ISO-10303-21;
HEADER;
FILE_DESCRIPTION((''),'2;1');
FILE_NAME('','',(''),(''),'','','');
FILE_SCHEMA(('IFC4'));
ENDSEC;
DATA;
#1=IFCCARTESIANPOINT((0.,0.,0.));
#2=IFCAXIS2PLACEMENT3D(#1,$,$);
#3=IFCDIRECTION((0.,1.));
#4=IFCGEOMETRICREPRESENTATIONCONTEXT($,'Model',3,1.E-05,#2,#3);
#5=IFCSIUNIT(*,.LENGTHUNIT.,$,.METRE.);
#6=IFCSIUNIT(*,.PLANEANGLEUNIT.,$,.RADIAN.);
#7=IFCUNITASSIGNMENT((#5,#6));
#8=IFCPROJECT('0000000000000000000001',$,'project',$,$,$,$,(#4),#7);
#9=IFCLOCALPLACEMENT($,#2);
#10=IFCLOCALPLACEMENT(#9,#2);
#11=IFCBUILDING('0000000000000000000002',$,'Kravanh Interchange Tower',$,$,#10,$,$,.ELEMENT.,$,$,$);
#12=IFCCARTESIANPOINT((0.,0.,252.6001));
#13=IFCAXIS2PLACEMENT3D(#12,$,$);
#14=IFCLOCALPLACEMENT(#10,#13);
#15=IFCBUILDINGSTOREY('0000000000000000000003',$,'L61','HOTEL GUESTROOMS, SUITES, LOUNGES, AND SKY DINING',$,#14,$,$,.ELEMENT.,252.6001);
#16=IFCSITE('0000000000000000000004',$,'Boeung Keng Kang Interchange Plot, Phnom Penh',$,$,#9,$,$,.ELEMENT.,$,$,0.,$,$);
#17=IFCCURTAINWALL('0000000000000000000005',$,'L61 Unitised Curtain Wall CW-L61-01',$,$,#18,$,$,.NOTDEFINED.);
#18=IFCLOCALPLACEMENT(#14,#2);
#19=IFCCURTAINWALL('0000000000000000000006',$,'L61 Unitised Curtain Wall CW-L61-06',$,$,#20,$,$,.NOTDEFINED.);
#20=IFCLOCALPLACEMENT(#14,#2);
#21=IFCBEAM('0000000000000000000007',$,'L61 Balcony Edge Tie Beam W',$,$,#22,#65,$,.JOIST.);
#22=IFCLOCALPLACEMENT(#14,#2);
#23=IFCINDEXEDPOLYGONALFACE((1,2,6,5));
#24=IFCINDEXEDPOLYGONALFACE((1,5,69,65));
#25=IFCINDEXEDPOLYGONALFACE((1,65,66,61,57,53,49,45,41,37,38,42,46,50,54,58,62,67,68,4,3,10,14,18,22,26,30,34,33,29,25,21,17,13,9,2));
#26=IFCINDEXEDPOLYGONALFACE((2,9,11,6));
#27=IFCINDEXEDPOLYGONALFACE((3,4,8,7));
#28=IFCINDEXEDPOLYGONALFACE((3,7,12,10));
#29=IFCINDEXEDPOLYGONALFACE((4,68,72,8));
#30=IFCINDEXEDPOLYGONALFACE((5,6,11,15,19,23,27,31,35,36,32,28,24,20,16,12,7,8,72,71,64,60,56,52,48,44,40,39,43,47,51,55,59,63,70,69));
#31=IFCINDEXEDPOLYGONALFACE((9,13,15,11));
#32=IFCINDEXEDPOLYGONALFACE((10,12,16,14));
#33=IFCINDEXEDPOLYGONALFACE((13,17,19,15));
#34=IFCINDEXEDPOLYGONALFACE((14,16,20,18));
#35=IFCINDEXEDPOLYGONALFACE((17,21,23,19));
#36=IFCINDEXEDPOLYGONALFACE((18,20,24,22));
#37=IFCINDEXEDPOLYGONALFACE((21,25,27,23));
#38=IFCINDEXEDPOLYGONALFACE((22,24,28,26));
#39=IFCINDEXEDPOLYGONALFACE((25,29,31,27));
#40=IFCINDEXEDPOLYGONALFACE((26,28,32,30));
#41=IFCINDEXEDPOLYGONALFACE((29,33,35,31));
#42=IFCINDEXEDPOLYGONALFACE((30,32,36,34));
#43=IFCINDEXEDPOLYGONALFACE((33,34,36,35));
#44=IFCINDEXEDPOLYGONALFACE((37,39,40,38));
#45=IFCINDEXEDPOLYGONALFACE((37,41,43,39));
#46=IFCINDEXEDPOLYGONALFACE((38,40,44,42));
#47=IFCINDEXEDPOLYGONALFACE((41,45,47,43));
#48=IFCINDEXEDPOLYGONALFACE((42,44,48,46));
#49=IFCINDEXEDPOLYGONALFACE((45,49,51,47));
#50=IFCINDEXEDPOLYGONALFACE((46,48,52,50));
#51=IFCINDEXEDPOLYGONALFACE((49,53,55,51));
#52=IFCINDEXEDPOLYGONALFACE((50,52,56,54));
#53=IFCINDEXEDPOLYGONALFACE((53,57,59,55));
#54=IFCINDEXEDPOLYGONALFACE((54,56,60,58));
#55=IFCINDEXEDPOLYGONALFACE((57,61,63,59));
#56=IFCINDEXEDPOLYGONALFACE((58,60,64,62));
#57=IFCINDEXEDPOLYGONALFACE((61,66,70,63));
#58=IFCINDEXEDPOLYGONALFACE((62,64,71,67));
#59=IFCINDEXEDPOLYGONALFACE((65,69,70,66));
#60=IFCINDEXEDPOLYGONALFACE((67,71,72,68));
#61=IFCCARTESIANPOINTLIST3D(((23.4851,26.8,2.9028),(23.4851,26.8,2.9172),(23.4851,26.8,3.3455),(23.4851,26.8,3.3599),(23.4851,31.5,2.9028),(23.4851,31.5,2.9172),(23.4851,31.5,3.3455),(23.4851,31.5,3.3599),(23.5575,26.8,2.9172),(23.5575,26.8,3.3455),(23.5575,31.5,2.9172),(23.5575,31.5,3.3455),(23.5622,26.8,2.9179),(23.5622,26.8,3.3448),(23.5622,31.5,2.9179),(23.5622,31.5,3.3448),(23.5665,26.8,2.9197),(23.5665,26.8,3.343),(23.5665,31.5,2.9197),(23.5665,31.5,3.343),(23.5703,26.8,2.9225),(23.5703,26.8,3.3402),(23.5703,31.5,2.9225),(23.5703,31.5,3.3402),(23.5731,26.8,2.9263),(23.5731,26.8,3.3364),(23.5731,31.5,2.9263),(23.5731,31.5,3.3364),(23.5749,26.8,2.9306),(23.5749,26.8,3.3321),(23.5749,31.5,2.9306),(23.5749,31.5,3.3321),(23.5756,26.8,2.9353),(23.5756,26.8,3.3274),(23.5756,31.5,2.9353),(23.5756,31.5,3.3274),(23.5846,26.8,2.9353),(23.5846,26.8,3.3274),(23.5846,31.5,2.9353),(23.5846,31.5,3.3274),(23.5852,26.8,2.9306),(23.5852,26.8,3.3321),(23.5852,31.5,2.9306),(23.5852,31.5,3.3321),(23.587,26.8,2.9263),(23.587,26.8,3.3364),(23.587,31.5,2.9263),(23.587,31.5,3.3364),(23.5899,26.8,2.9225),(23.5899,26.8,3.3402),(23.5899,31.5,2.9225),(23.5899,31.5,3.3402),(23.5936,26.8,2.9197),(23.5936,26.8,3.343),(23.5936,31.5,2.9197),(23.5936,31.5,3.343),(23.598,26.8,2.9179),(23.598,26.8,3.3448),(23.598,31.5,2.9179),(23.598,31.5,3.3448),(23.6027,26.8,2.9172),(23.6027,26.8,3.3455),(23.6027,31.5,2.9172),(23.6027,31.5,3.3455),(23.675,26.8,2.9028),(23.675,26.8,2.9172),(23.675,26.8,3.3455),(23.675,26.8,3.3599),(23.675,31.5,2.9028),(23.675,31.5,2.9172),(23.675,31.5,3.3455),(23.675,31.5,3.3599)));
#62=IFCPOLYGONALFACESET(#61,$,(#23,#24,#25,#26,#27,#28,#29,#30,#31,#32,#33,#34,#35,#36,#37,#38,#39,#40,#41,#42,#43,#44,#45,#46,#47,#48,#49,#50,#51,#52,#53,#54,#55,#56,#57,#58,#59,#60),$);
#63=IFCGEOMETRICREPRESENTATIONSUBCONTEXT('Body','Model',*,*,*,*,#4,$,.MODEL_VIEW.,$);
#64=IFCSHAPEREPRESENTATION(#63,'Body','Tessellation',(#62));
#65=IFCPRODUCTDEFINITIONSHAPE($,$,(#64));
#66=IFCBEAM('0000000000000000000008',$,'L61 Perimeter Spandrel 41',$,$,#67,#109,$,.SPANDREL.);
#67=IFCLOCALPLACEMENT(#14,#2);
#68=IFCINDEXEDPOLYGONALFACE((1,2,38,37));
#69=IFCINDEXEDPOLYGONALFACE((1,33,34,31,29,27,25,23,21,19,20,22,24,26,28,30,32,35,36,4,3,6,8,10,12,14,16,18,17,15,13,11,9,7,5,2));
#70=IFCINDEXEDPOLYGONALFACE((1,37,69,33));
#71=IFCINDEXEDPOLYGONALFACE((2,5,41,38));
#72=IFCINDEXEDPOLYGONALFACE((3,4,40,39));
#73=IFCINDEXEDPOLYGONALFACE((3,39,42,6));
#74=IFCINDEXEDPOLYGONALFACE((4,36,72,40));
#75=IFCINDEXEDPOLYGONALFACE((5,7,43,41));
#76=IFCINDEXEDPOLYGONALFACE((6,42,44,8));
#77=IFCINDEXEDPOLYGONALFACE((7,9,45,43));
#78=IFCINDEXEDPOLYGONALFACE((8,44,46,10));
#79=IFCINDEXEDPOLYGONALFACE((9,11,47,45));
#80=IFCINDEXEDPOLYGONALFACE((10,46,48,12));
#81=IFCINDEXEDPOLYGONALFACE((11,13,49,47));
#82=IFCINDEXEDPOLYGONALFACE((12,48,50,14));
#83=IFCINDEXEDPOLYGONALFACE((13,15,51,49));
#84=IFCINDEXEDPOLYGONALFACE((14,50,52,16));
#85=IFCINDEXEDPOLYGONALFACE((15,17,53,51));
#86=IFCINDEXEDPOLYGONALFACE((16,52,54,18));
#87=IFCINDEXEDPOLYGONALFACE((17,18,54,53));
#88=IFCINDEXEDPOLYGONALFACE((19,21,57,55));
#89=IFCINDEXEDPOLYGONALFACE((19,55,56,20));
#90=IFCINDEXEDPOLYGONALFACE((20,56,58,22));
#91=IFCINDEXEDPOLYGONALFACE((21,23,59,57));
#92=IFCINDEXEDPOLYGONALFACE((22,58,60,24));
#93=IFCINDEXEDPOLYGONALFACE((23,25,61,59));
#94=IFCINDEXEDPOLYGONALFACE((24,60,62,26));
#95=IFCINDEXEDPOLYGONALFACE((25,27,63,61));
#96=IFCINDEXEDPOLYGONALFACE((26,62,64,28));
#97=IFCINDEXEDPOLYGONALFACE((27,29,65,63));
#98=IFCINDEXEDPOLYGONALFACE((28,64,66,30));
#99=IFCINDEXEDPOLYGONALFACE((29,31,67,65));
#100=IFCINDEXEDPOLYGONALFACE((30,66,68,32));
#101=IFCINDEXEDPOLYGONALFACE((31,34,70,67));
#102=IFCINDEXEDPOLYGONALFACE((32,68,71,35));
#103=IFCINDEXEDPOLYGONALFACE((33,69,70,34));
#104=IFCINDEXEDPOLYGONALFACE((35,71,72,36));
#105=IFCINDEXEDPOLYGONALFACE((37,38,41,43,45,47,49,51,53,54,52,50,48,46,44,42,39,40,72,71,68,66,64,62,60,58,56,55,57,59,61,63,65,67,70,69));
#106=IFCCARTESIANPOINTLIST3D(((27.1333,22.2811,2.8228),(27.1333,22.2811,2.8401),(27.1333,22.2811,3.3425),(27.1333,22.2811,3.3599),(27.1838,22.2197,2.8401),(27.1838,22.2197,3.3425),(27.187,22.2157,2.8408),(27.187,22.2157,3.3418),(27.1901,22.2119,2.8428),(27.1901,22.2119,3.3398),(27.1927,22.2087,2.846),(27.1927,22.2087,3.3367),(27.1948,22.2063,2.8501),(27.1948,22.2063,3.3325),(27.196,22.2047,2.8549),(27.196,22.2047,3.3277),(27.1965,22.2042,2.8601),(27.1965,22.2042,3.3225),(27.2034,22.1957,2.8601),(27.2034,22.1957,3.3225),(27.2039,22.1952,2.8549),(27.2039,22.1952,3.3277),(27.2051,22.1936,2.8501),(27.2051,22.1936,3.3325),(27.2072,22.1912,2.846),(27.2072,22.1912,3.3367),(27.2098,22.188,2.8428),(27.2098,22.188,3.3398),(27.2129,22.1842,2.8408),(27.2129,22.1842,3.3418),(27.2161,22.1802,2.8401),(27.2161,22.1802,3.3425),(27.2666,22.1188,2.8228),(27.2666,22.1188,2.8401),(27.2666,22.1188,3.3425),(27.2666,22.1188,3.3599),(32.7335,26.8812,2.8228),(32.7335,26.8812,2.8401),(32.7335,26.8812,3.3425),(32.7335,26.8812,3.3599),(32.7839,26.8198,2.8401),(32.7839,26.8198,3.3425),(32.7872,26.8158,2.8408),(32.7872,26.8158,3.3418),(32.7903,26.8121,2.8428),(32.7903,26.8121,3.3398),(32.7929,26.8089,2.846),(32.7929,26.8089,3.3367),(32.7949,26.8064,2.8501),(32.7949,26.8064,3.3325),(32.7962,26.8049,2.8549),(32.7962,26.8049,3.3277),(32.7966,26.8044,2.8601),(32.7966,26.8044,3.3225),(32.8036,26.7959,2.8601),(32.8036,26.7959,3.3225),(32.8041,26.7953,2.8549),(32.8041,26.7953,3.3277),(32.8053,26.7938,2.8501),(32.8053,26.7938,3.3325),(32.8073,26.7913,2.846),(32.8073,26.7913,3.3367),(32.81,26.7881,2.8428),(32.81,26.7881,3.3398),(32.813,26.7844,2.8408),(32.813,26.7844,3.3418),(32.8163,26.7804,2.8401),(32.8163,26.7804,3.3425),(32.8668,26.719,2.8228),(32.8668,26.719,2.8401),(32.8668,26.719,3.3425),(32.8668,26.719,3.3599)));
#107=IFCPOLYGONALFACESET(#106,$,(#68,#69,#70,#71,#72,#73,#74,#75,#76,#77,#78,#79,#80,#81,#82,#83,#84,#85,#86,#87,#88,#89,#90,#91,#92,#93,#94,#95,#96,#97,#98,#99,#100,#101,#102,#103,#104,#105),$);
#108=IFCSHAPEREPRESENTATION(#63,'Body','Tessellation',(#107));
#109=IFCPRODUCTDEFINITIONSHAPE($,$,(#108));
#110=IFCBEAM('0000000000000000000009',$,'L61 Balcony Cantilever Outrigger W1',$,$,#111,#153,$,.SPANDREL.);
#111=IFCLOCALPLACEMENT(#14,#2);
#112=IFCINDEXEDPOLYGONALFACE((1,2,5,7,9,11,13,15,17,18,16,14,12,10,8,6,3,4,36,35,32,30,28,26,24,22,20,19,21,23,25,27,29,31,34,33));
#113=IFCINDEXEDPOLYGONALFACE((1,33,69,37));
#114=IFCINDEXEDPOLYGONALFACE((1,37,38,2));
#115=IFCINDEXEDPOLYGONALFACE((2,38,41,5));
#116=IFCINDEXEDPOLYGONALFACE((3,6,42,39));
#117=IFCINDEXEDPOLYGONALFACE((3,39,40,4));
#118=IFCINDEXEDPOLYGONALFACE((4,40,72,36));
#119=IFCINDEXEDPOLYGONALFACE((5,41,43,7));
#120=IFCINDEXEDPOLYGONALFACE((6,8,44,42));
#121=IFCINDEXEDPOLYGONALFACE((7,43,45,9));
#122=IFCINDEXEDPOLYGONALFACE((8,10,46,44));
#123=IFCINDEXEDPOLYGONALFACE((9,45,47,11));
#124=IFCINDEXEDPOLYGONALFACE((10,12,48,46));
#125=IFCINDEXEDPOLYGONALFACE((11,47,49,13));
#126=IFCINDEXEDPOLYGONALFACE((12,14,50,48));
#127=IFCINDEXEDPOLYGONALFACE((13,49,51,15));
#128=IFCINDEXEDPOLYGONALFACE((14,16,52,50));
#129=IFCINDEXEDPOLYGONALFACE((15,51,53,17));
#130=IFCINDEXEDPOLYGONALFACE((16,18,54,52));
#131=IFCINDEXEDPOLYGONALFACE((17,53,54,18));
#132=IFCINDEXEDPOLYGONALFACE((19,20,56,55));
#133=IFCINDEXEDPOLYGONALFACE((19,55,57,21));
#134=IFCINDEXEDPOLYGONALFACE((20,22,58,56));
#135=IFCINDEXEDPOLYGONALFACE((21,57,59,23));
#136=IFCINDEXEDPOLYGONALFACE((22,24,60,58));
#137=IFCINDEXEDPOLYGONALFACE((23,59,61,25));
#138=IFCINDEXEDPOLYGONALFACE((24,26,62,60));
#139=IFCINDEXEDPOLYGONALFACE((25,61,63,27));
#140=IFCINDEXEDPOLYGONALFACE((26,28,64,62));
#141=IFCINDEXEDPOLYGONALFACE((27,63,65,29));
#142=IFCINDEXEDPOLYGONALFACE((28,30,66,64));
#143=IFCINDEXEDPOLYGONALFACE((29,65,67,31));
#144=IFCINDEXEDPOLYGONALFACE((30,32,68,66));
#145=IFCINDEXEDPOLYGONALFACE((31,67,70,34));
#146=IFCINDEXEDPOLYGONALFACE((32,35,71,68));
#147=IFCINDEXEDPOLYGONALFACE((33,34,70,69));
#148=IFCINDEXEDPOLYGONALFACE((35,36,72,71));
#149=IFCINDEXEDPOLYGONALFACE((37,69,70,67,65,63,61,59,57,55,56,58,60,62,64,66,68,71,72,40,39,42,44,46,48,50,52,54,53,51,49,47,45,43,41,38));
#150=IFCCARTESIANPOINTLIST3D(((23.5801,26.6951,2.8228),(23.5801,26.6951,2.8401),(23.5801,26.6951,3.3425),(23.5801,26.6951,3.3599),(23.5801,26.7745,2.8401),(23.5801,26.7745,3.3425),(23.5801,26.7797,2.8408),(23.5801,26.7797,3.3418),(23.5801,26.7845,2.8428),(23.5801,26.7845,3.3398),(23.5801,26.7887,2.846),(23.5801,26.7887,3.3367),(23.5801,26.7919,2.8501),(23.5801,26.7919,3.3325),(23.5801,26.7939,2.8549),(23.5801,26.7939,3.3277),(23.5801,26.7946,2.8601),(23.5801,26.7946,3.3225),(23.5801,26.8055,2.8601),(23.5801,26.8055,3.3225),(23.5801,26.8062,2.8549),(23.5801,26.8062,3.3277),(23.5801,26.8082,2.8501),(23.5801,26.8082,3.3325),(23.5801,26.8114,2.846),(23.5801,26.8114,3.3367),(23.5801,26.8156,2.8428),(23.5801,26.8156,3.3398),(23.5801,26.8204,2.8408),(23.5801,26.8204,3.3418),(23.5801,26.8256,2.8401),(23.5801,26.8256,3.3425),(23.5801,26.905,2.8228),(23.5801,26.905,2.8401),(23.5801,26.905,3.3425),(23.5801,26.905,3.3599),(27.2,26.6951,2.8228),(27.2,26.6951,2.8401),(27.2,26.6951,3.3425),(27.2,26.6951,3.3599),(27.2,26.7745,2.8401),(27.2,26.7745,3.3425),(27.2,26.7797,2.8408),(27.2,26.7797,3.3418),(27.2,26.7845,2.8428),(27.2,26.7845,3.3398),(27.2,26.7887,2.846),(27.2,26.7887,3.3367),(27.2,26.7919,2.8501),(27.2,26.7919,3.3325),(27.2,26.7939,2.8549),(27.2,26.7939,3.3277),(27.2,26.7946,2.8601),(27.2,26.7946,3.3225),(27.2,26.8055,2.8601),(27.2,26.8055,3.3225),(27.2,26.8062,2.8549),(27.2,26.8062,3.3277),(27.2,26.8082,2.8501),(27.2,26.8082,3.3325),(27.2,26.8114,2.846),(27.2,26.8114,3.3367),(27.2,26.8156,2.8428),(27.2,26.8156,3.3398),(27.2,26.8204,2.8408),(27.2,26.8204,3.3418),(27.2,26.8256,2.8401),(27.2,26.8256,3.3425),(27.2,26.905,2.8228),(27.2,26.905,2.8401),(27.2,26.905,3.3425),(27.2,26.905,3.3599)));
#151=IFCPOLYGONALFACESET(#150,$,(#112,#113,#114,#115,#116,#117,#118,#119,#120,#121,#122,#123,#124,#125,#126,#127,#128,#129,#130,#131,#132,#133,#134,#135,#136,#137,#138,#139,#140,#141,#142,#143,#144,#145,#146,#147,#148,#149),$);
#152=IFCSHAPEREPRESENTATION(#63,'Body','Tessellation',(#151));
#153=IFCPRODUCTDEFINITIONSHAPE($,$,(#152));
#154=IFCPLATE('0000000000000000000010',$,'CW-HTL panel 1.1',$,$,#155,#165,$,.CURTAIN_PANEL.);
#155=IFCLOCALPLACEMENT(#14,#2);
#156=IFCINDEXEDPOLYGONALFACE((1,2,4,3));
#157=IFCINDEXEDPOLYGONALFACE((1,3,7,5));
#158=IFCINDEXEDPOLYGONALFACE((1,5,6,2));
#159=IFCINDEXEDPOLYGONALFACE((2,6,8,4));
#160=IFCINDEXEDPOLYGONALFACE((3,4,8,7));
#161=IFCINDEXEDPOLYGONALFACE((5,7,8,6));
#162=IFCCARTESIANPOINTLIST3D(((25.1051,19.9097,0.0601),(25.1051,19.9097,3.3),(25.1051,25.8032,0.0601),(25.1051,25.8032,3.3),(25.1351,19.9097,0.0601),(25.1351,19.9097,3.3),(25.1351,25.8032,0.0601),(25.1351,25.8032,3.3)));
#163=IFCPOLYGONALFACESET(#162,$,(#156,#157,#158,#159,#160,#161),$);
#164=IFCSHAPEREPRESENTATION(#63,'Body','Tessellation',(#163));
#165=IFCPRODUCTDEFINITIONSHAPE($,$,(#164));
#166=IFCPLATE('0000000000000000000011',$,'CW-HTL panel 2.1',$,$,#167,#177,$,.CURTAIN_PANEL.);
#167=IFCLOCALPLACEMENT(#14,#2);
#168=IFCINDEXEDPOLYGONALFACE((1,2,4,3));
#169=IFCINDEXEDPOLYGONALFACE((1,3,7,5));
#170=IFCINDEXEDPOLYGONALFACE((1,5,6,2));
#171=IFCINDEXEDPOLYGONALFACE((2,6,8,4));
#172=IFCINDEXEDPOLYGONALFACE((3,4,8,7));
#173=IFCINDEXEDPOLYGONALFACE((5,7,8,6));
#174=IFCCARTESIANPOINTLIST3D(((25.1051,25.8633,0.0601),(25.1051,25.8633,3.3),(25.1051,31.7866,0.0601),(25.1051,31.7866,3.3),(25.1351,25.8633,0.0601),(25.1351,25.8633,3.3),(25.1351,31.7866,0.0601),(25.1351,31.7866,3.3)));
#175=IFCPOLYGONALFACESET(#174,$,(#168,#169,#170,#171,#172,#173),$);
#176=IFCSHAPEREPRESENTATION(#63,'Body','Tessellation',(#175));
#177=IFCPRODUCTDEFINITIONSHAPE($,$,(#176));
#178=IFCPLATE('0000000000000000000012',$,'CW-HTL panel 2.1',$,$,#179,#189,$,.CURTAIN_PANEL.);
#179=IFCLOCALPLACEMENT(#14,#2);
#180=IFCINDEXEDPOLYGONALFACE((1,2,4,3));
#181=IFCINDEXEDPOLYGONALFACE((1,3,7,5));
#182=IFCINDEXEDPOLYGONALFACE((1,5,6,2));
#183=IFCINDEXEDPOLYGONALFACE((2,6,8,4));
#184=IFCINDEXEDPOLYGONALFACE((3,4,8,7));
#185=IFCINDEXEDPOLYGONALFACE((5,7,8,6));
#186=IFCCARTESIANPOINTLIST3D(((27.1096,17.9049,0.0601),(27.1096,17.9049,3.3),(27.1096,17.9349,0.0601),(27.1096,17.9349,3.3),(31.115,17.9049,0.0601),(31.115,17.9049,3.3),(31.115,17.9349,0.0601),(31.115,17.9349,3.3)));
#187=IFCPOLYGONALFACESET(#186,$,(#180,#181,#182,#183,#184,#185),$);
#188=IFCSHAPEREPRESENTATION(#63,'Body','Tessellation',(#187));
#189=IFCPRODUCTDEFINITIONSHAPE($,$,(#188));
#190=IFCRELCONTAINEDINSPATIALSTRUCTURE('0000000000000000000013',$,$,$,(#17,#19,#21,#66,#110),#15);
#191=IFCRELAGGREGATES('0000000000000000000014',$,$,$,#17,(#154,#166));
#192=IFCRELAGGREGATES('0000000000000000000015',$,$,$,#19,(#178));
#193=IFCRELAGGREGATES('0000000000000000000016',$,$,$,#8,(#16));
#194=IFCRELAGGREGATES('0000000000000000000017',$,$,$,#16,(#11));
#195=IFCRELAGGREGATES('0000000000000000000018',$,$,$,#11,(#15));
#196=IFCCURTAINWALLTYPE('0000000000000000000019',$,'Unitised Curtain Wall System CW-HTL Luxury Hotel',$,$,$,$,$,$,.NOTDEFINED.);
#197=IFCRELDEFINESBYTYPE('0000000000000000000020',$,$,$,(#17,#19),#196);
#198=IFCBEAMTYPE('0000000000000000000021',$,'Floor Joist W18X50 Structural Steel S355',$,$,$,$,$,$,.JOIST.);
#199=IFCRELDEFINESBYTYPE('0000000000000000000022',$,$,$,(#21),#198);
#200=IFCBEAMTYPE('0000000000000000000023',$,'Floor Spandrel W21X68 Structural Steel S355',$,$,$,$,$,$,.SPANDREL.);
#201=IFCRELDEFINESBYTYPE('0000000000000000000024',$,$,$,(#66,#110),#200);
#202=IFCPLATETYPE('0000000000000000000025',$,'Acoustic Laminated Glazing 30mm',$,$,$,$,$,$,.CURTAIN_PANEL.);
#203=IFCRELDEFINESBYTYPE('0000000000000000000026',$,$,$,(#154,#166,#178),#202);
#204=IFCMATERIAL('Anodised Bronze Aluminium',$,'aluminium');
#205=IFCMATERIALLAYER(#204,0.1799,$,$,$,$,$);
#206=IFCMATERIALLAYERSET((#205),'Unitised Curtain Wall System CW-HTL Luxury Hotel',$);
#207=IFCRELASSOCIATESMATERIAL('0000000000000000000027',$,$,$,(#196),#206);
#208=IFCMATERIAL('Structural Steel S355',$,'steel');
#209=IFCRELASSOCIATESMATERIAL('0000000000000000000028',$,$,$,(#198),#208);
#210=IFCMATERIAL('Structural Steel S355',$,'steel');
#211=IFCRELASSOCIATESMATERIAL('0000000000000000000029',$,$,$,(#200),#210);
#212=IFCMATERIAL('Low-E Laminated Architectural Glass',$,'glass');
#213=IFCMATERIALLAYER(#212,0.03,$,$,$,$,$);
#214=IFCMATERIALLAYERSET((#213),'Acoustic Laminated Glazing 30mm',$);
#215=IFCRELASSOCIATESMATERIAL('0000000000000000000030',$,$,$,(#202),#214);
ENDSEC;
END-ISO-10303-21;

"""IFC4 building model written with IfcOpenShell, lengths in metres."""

from ifc_helpers import new_model, si_unit, direction, frame, origin, origin_2d, place, context, subcontext, project, spatial, rectangle, i_section, extrude, material, layer, layer_set, material_profile, profile_set, type_object, element, aggregate, save


model = new_model("IFC4")

# Units and contexts
model_context = context("Model", 3, precision=1e-05, world=origin(), true_north=direction((0.0, 1.0)))
body_context = subcontext(model_context, "Body", "Model", "MODEL_VIEW")
ifc_project = project(units=[si_unit("LENGTHUNIT", "METRE"), si_unit("PLANEANGLEUNIT", "RADIAN")], contexts=[model_context])

# Site, building, storey
site_placement = place(None, origin())
site = spatial("IfcSite", under=ifc_project, at=site_placement, Name="Boeung Keng Kang Interchange Plot, Phnom Penh", CompositionType="ELEMENT", RefElevation=0.0)
building_placement = place(site_placement, origin())
building = spatial("IfcBuilding", under=site, at=building_placement, Name="Kravanh Interchange Tower", CompositionType="ELEMENT")
storey_placement = place(building_placement, frame((0.0, 0.0, 252.6001)))
storey = spatial("IfcBuildingStorey", under=building, at=storey_placement, Name="L61", Description="HOTEL GUESTROOMS, SUITES, LOUNGES, AND SKY DINING", CompositionType="ELEMENT", Elevation=252.6001)

# Curtain wall
ifc_material_1 = material(Name="Anodised Bronze Aluminium", Category="aluminium")
ifc_layer_1 = layer(ifc_material_1, 0.1799)
ifc_layer_set_1 = layer_set([ifc_layer_1], Name="Unitised Curtain Wall System CW-HTL Luxury Hotel")
curtain_wall_type = type_object("IfcCurtainWallType", Name="Unitised Curtain Wall System CW-HTL Luxury Hotel", PredefinedType="NOTDEFINED", material=ifc_layer_set_1)
curtain_wall_1_placement = place(storey_placement, origin())
curtain_wall_1 = element("IfcCurtainWall", 1, at=curtain_wall_1_placement, inside=storey, type_object=curtain_wall_type, Name="L61 Unitised Curtain Wall CW-L61-01", PredefinedType="NOTDEFINED")

# Curtain wall
curtain_wall_2_placement = place(storey_placement, origin())
curtain_wall_2 = element("IfcCurtainWall", 2, at=curtain_wall_2_placement, inside=storey, type_object=curtain_wall_type, Name="L61 Unitised Curtain Wall CW-L61-06", PredefinedType="NOTDEFINED")

# Beams
ifc_material_2 = material(Name="Structural Steel S355", Category="steel")
ifc_material_profile_1 = material_profile(ifc_material_2, i_section(OverallWidth=0.1899, OverallDepth=0.457, WebThickness=0.009, FlangeThickness=0.0144, FilletRadius=0.0181, at=origin_2d()), Name="W18X50")
ifc_profile_set_1 = profile_set([ifc_material_profile_1], Name="Structural Steel S355")
beam_type_1 = type_object("IfcBeamType", Name="Floor Joist W18X50 Structural Steel S355", PredefinedType="JOIST", material=ifc_profile_set_1)
beam_1_placement = place(storey_placement, frame((23.5801, 26.8, 3.1313), z_axis=(0.0, 1.0, 0.0), x_axis=(-1.0, 0.0, 0.0)))
element("IfcBeam", 3, at=beam_1_placement, inside=storey, type_object=beam_type_1, Name="L61 Balcony Edge Tie Beam W", PredefinedType="JOIST", context=body_context, shape_type="SweptSolid", body=[
    extrude(i_section(OverallWidth=0.1899, OverallDepth=0.457, WebThickness=0.009, FlangeThickness=0.0144, FilletRadius=0.0181, at=origin_2d()), origin(), (0.0, 0.0, 1.0), 4.7),
])
ifc_material_3 = material(Name="Structural Steel S355", Category="steel")
ifc_material_profile_2 = material_profile(ifc_material_3, i_section(OverallWidth=0.21, OverallDepth=0.5371, WebThickness=0.011, FlangeThickness=0.0173, FilletRadius=0.02, at=origin_2d()), Name="W21X68")
ifc_profile_set_2 = profile_set([ifc_material_profile_2], Name="Structural Steel S355")
beam_type_2 = type_object("IfcBeamType", Name="Floor Spandrel W21X68 Structural Steel S355", PredefinedType="SPANDREL", material=ifc_profile_set_2)
beam_2_placement = place(storey_placement, frame((27.2, 22.2, 3.0913), z_axis=(0.772725, 0.634741, 0.0), x_axis=(-0.634741, 0.772725, 0.0)))
element("IfcBeam", 4, at=beam_2_placement, inside=storey, type_object=beam_type_2, Name="L61 Perimeter Spandrel 41", PredefinedType="SPANDREL", context=body_context, shape_type="SweptSolid", body=[
    extrude(i_section(OverallWidth=0.21, OverallDepth=0.5371, WebThickness=0.011, FlangeThickness=0.0173, FilletRadius=0.02, at=origin_2d()), origin(), (0.0, 0.0, 1.0), 7.2473),
])
beam_3_placement = place(storey_placement, frame((27.2, 26.8, 3.0913), z_axis=(-1.0, 0.0, 0.0), x_axis=(0.0, -1.0, 0.0)))
element("IfcBeam", 5, at=beam_3_placement, inside=storey, type_object=beam_type_2, Name="L61 Balcony Cantilever Outrigger W1", PredefinedType="SPANDREL", context=body_context, shape_type="SweptSolid", body=[
    extrude(i_section(OverallWidth=0.21, OverallDepth=0.5371, WebThickness=0.011, FlangeThickness=0.0173, FilletRadius=0.02, at=origin_2d()), origin(), (0.0, 0.0, 1.0), 3.6199),
])

# Plates
ifc_material_4 = material(Name="Low-E Laminated Architectural Glass", Category="glass")
ifc_layer_2 = layer(ifc_material_4, 0.03)
ifc_layer_set_2 = layer_set([ifc_layer_2], Name="Acoustic Laminated Glazing 30mm")
plate_type = type_object("IfcPlateType", Name="Acoustic Laminated Glazing 30mm", PredefinedType="CURTAIN_PANEL", material=ifc_layer_set_2)
plate_1_placement = place(storey_placement, frame((25.1201, 22.8564, 0.0601), z_axis=(0.0, 0.0, 1.0), x_axis=(0.0, 1.0, 0.0)))
plate_1 = element("IfcPlate", 6, at=plate_1_placement, type_object=plate_type, Name="CW-HTL panel 1.1", PredefinedType="CURTAIN_PANEL", context=body_context, shape_type="SweptSolid", body=[
    extrude(rectangle(XDim=5.8936, YDim=0.03, at=origin_2d()), origin(), (0.0, 0.0, 1.0), 3.24),
])
plate_2_placement = place(storey_placement, frame((25.1201, 28.825, 0.0601), z_axis=(0.0, 0.0, 1.0), x_axis=(0.0, 1.0, 0.0)))
plate_2 = element("IfcPlate", 7, at=plate_2_placement, type_object=plate_type, Name="CW-HTL panel 2.1", PredefinedType="CURTAIN_PANEL", context=body_context, shape_type="SweptSolid", body=[
    extrude(rectangle(XDim=5.9233, YDim=0.03, at=origin_2d()), origin(), (0.0, 0.0, 1.0), 3.24),
])
aggregate(curtain_wall_1, [plate_1, plate_2])
plate_3_placement = place(storey_placement, frame((29.1123, 17.9199, 0.0601), z_axis=(0.0, 0.0, 1.0), x_axis=(-1.0, 0.0, 0.0)))
plate_3 = element("IfcPlate", 8, at=plate_3_placement, type_object=plate_type, Name="CW-HTL panel 2.1", PredefinedType="CURTAIN_PANEL", context=body_context, shape_type="SweptSolid", body=[
    extrude(rectangle(XDim=4.0054, YDim=0.03, at=origin_2d()), origin(), (0.0, 0.0, 1.0), 3.24),
])
aggregate(curtain_wall_2, [plate_3])

save(model, "model.ifc")
